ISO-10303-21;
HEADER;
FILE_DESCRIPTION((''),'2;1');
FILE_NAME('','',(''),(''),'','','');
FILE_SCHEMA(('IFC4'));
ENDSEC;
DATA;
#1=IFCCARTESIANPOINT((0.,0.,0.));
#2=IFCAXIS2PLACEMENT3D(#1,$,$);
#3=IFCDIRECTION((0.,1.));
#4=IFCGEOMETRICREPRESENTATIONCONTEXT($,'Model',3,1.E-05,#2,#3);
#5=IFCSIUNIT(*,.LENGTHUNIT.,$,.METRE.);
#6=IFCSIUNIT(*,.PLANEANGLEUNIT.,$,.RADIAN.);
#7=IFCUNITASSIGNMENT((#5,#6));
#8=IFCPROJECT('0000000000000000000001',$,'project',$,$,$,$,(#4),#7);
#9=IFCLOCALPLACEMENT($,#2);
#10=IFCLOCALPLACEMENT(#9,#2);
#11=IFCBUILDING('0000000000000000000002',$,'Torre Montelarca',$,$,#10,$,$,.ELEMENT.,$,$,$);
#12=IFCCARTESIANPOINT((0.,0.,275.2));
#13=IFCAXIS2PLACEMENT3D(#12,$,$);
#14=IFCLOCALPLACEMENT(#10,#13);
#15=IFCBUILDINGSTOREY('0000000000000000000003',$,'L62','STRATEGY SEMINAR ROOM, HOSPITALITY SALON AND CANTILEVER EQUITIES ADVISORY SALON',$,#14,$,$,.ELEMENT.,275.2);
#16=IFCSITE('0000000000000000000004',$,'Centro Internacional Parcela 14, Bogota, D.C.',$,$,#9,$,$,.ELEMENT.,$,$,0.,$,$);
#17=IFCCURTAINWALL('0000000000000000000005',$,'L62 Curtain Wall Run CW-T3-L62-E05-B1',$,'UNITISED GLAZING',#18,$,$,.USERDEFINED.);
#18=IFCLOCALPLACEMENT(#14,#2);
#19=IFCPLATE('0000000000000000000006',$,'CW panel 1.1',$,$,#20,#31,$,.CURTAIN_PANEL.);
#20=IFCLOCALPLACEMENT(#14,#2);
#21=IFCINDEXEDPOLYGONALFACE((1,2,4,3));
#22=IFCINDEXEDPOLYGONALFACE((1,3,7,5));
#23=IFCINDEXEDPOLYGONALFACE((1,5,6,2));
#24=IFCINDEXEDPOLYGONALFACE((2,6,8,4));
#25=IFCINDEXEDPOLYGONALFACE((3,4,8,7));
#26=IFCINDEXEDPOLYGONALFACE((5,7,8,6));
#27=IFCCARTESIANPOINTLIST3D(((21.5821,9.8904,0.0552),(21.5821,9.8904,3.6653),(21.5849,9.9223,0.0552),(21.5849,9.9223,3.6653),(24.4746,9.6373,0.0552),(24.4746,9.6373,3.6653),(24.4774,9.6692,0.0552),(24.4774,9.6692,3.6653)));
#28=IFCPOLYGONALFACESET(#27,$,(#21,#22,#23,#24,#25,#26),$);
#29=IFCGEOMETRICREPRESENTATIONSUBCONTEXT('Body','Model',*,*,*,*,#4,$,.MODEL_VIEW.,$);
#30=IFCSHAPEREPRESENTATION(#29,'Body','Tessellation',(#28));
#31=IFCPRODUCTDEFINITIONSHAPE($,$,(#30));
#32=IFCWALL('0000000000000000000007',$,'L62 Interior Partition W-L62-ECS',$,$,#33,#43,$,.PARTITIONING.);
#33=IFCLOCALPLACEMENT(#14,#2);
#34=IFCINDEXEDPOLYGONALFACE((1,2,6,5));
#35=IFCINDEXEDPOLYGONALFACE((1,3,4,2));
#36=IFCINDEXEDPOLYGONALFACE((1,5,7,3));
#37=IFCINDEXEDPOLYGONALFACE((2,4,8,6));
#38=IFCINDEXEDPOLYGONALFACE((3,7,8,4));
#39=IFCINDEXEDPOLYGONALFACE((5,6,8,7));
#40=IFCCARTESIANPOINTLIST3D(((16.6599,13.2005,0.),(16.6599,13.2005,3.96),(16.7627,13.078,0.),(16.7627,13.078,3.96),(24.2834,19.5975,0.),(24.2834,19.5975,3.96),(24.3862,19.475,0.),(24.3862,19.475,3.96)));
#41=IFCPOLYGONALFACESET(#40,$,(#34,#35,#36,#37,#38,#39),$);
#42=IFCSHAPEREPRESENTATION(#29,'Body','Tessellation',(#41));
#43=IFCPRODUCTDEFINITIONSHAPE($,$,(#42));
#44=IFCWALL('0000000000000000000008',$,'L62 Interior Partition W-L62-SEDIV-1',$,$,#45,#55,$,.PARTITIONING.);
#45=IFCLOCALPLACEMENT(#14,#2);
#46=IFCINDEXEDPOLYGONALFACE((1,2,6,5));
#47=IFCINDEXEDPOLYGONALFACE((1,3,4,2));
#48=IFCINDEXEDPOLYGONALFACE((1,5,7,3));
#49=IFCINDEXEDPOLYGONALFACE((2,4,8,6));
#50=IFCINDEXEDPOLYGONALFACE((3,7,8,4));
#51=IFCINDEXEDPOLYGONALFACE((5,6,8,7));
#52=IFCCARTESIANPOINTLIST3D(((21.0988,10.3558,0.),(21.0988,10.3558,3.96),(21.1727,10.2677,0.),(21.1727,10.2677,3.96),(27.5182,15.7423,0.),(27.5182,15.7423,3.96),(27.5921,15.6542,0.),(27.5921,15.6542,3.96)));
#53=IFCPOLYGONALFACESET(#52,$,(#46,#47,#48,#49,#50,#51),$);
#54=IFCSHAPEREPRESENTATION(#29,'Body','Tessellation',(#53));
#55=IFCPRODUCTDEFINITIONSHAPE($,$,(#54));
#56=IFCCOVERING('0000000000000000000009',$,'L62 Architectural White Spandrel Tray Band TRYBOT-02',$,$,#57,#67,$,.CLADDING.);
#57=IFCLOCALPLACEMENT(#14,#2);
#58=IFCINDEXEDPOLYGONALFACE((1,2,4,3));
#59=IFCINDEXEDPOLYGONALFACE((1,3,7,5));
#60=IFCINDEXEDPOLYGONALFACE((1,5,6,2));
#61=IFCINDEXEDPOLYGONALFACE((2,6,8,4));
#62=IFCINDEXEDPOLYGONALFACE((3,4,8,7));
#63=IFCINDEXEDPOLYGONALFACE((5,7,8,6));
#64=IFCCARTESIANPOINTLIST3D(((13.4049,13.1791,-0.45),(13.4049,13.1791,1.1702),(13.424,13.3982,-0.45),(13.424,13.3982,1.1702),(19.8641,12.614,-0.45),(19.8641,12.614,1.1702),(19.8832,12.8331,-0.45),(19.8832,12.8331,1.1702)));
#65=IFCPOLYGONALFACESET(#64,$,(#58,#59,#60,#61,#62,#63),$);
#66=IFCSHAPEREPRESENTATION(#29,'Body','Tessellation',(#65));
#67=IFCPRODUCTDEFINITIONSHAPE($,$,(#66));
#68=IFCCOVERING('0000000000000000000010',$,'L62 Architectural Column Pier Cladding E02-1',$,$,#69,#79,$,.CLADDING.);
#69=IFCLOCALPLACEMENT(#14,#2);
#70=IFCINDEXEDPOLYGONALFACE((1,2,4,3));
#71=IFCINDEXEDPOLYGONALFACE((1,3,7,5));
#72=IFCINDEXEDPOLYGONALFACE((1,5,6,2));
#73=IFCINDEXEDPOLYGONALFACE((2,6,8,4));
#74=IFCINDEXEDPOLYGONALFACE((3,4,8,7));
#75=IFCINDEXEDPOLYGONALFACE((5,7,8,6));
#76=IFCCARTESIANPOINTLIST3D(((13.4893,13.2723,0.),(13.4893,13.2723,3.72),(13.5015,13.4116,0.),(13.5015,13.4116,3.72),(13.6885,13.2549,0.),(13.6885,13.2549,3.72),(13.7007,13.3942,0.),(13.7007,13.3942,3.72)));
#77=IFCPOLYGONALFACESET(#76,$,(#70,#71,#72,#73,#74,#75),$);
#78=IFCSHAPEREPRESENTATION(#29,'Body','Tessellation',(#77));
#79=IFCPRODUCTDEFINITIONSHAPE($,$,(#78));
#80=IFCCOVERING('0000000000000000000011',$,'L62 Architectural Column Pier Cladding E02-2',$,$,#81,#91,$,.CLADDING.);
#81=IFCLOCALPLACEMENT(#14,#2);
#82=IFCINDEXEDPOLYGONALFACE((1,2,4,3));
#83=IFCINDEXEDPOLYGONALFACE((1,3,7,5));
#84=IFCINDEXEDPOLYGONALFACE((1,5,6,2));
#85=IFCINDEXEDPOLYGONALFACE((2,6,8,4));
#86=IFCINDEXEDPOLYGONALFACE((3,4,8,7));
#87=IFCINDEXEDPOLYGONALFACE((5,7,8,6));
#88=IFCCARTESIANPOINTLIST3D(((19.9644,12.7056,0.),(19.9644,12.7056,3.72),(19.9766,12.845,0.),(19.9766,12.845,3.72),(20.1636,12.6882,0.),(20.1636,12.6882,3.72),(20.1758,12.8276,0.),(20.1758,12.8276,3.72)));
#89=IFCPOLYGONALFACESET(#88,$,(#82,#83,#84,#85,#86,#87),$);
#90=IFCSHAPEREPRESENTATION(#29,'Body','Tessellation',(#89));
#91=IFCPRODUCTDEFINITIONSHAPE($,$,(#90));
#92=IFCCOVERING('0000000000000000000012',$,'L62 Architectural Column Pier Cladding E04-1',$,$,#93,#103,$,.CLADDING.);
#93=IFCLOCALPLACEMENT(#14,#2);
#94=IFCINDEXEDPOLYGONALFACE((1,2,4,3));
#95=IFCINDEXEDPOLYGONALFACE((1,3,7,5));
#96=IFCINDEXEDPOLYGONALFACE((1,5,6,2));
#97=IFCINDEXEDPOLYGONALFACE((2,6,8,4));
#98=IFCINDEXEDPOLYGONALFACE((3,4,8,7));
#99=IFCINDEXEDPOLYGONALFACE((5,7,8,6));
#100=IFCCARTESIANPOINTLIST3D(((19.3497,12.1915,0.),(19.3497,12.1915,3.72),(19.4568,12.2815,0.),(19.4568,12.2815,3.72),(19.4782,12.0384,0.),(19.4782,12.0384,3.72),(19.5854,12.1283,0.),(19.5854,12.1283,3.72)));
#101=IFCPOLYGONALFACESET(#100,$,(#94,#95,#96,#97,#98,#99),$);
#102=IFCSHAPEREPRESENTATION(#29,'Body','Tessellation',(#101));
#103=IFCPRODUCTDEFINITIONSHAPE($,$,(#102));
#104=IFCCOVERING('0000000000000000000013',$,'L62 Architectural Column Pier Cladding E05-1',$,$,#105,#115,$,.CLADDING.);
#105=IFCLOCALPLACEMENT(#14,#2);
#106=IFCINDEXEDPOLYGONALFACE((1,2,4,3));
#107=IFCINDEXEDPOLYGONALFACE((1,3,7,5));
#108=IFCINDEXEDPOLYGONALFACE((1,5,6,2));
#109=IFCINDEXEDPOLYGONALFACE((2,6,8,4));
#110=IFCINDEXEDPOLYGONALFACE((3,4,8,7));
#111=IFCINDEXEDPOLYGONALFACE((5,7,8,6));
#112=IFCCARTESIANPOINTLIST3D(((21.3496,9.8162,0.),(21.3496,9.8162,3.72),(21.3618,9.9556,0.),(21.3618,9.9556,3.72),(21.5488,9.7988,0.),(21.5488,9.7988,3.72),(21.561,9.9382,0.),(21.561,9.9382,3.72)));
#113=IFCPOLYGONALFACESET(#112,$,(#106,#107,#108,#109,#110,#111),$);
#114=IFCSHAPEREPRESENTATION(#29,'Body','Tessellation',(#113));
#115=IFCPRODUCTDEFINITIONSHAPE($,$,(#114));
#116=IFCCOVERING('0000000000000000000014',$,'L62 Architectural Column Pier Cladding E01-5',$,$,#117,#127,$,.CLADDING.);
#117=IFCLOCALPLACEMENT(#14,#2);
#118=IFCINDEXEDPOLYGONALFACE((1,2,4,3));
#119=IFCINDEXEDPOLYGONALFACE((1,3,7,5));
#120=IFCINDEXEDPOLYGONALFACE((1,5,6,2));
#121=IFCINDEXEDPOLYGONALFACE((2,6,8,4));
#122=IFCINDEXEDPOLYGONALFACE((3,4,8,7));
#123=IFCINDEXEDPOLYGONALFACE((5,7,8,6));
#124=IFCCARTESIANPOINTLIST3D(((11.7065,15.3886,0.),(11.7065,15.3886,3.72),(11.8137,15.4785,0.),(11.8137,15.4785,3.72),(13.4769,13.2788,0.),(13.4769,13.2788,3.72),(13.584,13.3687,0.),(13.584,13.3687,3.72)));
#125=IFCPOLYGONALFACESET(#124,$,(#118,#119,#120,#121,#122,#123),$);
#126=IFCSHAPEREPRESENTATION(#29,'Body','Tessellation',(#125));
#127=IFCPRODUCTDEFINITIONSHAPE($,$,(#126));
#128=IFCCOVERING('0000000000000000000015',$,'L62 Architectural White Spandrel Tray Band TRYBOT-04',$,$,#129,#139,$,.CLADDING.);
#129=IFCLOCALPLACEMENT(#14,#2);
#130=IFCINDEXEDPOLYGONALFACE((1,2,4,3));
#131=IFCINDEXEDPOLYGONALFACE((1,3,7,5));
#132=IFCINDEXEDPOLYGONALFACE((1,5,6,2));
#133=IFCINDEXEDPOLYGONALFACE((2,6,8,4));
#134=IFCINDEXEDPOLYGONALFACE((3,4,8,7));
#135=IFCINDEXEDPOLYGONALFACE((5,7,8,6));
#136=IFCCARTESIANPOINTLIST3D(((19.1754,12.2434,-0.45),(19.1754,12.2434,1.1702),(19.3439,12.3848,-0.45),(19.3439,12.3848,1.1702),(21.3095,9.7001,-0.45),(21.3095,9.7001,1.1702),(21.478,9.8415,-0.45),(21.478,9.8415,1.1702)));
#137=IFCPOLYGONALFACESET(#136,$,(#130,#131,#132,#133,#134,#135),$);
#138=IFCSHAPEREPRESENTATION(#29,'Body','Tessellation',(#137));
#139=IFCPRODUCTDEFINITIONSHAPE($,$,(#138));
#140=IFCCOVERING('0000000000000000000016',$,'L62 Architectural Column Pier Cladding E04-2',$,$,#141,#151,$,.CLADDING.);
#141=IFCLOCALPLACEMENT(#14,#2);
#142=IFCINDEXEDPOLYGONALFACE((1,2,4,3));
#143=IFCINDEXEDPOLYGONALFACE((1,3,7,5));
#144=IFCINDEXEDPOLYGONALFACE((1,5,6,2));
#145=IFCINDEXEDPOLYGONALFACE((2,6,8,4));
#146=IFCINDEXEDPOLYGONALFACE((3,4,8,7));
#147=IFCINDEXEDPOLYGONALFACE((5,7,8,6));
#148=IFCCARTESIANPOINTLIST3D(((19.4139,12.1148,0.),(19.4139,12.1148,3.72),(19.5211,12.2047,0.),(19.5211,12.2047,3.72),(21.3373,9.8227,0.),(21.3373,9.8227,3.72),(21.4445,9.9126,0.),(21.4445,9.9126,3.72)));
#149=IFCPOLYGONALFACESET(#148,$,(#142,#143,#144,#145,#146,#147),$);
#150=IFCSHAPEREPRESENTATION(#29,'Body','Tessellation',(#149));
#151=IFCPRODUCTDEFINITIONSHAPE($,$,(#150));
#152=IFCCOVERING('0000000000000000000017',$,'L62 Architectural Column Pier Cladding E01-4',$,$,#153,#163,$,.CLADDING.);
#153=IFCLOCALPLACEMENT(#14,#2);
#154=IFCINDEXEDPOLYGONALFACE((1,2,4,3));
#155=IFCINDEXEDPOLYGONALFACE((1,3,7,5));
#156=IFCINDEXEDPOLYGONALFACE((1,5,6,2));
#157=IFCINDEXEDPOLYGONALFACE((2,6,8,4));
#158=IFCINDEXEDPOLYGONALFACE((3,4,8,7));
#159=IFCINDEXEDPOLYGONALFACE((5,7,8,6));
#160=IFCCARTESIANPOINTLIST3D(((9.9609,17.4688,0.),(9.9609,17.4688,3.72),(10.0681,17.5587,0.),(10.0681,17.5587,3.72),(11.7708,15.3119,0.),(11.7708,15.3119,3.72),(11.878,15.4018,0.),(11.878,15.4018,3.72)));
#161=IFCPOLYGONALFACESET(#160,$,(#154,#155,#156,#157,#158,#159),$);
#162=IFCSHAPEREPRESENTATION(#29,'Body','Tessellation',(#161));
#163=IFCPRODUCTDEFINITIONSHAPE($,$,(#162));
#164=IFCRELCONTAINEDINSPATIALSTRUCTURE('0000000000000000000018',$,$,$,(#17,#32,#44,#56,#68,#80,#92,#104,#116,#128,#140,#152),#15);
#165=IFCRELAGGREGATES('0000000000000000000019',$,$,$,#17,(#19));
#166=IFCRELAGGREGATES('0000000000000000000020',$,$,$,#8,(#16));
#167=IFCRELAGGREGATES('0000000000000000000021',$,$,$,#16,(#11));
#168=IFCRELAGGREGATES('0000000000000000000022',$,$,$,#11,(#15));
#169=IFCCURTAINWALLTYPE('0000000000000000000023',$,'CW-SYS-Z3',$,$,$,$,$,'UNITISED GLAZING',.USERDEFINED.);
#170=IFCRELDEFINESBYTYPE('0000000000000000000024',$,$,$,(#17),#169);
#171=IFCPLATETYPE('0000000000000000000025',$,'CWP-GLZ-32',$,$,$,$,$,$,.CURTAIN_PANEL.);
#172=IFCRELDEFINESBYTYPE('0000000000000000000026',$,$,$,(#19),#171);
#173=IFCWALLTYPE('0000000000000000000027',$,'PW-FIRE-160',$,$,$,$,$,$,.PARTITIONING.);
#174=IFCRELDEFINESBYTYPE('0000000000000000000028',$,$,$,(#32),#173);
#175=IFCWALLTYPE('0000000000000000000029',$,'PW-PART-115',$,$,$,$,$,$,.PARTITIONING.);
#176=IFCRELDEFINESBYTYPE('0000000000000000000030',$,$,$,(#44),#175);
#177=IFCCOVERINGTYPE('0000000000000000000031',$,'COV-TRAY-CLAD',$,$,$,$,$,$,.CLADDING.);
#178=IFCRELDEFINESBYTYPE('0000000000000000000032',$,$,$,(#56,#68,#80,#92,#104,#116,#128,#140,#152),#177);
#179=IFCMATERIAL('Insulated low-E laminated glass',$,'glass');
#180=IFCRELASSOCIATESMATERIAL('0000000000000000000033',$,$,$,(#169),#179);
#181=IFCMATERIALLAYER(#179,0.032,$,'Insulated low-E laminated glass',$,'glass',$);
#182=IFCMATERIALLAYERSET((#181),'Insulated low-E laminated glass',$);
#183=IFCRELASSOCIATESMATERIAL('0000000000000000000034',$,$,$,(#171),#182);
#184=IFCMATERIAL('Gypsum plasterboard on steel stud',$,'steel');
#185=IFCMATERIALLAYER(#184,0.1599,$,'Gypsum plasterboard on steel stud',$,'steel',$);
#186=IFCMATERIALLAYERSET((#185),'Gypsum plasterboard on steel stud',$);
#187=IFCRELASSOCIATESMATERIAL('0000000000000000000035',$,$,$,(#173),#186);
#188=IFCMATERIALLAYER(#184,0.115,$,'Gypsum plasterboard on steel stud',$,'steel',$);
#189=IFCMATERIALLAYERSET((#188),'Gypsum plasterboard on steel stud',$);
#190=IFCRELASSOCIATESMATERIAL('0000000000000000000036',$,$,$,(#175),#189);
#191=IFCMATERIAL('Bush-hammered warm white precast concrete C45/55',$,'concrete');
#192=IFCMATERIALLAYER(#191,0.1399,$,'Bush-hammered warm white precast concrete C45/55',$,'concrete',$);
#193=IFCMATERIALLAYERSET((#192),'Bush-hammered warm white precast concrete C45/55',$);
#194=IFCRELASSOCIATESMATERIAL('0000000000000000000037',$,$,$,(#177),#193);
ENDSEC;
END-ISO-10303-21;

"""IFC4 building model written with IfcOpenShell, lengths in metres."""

from ifc_helpers import new_model, si_unit, direction, frame, frame_2d, origin, origin_2d, place, context, subcontext, project, spatial, rectangle, extrude, source, transform, mapped, material, layer, layer_set, type_object, element, aggregate, save


model = new_model("IFC4")

# Units and contexts
model_context = context("Model", 3, precision=1e-05, world=origin(), true_north=direction((0.0, 1.0)))
body_context = subcontext(model_context, "Body", "Model", "MODEL_VIEW")
ifc_project = project(units=[si_unit("LENGTHUNIT", "METRE"), si_unit("PLANEANGLEUNIT", "RADIAN")], contexts=[model_context])

# Site, building, storey
site_placement = place(None, origin())
site = spatial("IfcSite", under=ifc_project, at=site_placement, Name="Centro Internacional Parcela 14, Bogota, D.C.", CompositionType="ELEMENT", RefElevation=0.0)
building_placement = place(site_placement, origin())
building = spatial("IfcBuilding", under=site, at=building_placement, Name="Torre Montelarca", CompositionType="ELEMENT")
storey_placement = place(building_placement, frame((0.0, 0.0, 275.2)))
storey = spatial("IfcBuildingStorey", under=building, at=storey_placement, Name="L62", Description="STRATEGY SEMINAR ROOM, HOSPITALITY SALON AND CANTILEVER EQUITIES ADVISORY SALON", CompositionType="ELEMENT", Elevation=275.2)

# Curtain wall
ifc_material_1 = material(Name="Insulated low-E laminated glass", Category="glass")
curtain_wall_type = type_object("IfcCurtainWallType", Name="CW-SYS-Z3", ElementType="UNITISED GLAZING", PredefinedType="USERDEFINED", material=ifc_material_1)
curtain_wall_1_placement = place(storey_placement, origin())
curtain_wall_1 = element("IfcCurtainWall", 1, at=curtain_wall_1_placement, inside=storey, type_object=curtain_wall_type, Name="L62 Curtain Wall Run CW-T3-L62-E05-B1", ObjectType="UNITISED GLAZING", PredefinedType="USERDEFINED")

# Plate
ifc_layer_1 = layer(ifc_material_1, 0.032, Name="Insulated low-E laminated glass", Category="glass")
ifc_layer_set_1 = layer_set([ifc_layer_1], Name="Insulated low-E laminated glass")
plate_type = type_object("IfcPlateType", Name="CWP-GLZ-32", PredefinedType="CURTAIN_PANEL", material=ifc_layer_set_1)
shared_shape_1 = source(origin(), body_context, "Body", "SweptSolid", [
    extrude(rectangle(XDim=2.9036, YDim=0.032, at=origin_2d()), origin(), (0.0, 0.0, 1.0), 3.6101),
])
plate_1_placement = place(storey_placement, frame((23.0298, 9.7798, 0.0552), z_axis=(0.0, 0.0, 1.0), x_axis=(0.996194, -0.087166, 0.0)))
plate_1 = element("IfcPlate", 2, at=plate_1_placement, type_object=plate_type, Name="CW panel 1.1", PredefinedType="CURTAIN_PANEL", context=body_context, shape_type="MappedRepresentation", body=[
    mapped(shared_shape_1, transform((0.0, 0.0, 0.0), scale=1.0)),
])
aggregate(curtain_wall_1, [plate_1])

# Walls
ifc_material_2 = material(Name="Gypsum plasterboard on steel stud", Category="steel")
ifc_layer_2 = layer(ifc_material_2, 0.1599, Name="Gypsum plasterboard on steel stud", Category="steel")
ifc_layer_set_2 = layer_set([ifc_layer_2], Name="Gypsum plasterboard on steel stud")
wall_type_1 = type_object("IfcWallType", Name="PW-FIRE-160", PredefinedType="PARTITIONING", material=ifc_layer_set_2)
wall_1_placement = place(storey_placement, frame((16.7112, 13.1392, 0.0), z_axis=(0.0, 0.0, 1.0), x_axis=(0.766041, 0.642792, 0.0)))
element("IfcWall", 3, at=wall_1_placement, inside=storey, type_object=wall_type_1, Name="L62 Interior Partition W-L62-ECS", PredefinedType="PARTITIONING", context=body_context, shape_type="SweptSolid", body=[
    extrude(rectangle(XDim=9.9519, YDim=0.1599, at=frame_2d((4.9761, 0.0))), origin(), (0.0, 0.0, 1.0), 3.96),
])
ifc_layer_3 = layer(ifc_material_2, 0.115, Name="Gypsum plasterboard on steel stud", Category="steel")
ifc_layer_set_3 = layer_set([ifc_layer_3], Name="Gypsum plasterboard on steel stud")
wall_type_2 = type_object("IfcWallType", Name="PW-PART-115", PredefinedType="PARTITIONING", material=ifc_layer_set_3)
wall_2_placement = place(storey_placement, frame((21.1357, 10.3118, 0.0), z_axis=(0.0, 0.0, 1.0), x_axis=(0.766049, 0.642783, 0.0)))
element("IfcWall", 4, at=wall_2_placement, inside=storey, type_object=wall_type_2, Name="L62 Interior Partition W-L62-SEDIV-1", PredefinedType="PARTITIONING", context=body_context, shape_type="SweptSolid", body=[
    extrude(rectangle(XDim=8.3799, YDim=0.115, at=frame_2d((4.1899, 0.0))), origin(), (0.0, 0.0, 1.0), 3.96),
])

# Coverings
ifc_material_3 = material(Name="Bush-hammered warm white precast concrete C45/55", Category="concrete")
ifc_layer_4 = layer(ifc_material_3, 0.1399, Name="Bush-hammered warm white precast concrete C45/55", Category="concrete")
ifc_layer_set_4 = layer_set([ifc_layer_4], Name="Bush-hammered warm white precast concrete C45/55")
covering_type = type_object("IfcCoveringType", Name="COV-TRAY-CLAD", PredefinedType="CLADDING", material=ifc_layer_set_4)
shared_shape_2 = source(origin(), body_context, "Body", "SweptSolid", [
    extrude(rectangle(XDim=6.4839, YDim=0.22, at=origin_2d()), origin(), (0.0, 0.0, 1.0), 1.6201),
])
covering_1_placement = place(storey_placement, frame((16.644, 13.0061, -0.45), z_axis=(0.0, 0.0, 1.0), x_axis=(0.996194, -0.087163, 0.0)))
element("IfcCovering", 5, at=covering_1_placement, inside=storey, type_object=covering_type, Name="L62 Architectural White Spandrel Tray Band TRYBOT-02", PredefinedType="CLADDING", context=body_context, shape_type="MappedRepresentation", body=[
    mapped(shared_shape_2, transform((0.0, 0.0, 0.0), scale=1.0)),
])
shared_shape_3 = source(origin(), body_context, "Body", "SweptSolid", [
    extrude(rectangle(XDim=0.2, YDim=0.1399, at=origin_2d()), origin(), (0.0, 0.0, 1.0), 3.72),
])
for number, where, z_axis, x_axis, name in (
    (6, (13.595, 13.3333, 0.0), (0.0, 0.0, 1.0), (0.996193, -0.08717, 0.0), "L62 Architectural Column Pier Cladding E02-1"),
    (7, (20.0701, 12.7666, 0.0), (0.0, 0.0, 1.0), (0.996193, -0.08717, 0.0), "L62 Architectural Column Pier Cladding E02-2"),
    (8, (19.4675, 12.1599, 0.0), (0.0, 0.0, 1.0), (0.642808, -0.766028, 0.0), "L62 Architectural Column Pier Cladding E04-1"),
    (9, (21.4553, 9.8772, 0.0), (0.0, 0.0, 1.0), (0.996194, -0.087161, 0.0), "L62 Architectural Column Pier Cladding E05-1"),
):
    element("IfcCovering", number, at=place(storey_placement, frame(where, z_axis=z_axis, x_axis=x_axis)), inside=storey, type_object=covering_type, Name=name, PredefinedType="CLADDING", context=body_context, shape_type="MappedRepresentation", body=[
        mapped(shared_shape_3, transform((0.0, 0.0, 0.0), scale=1.0)),
    ])
shared_shape_4 = source(origin(), body_context, "Body", "SweptSolid", [
    extrude(rectangle(XDim=2.7542, YDim=0.1399, at=origin_2d()), origin(), (0.0, 0.0, 1.0), 3.72),
])
covering_2_placement = place(storey_placement, frame((12.6453, 14.3787, 0.0), z_axis=(0.0, 0.0, 1.0), x_axis=(0.642789, -0.766043, 0.0)))
element("IfcCovering", 10, at=covering_2_placement, inside=storey, type_object=covering_type, Name="L62 Architectural Column Pier Cladding E01-5", PredefinedType="CLADDING", context=body_context, shape_type="MappedRepresentation", body=[
    mapped(shared_shape_4, transform((0.0, 0.0, 0.0), scale=1.0)),
])
shared_shape_5 = source(origin(), body_context, "Body", "SweptSolid", [
    extrude(rectangle(XDim=3.3201, YDim=0.22, at=origin_2d()), origin(), (0.0, 0.0, 1.0), 1.6201),
])
covering_3_placement = place(storey_placement, frame((20.3267, 11.0425, -0.45), z_axis=(0.0, 0.0, 1.0), x_axis=(0.64279, -0.766042, 0.0)))
element("IfcCovering", 11, at=covering_3_placement, inside=storey, type_object=covering_type, Name="L62 Architectural White Spandrel Tray Band TRYBOT-04", PredefinedType="CLADDING", context=body_context, shape_type="MappedRepresentation", body=[
    mapped(shared_shape_5, transform((0.0, 0.0, 0.0), scale=1.0)),
])
shared_shape_6 = source(origin(), body_context, "Body", "SweptSolid", [
    extrude(rectangle(XDim=2.9922, YDim=0.1399, at=origin_2d()), origin(), (0.0, 0.0, 1.0), 3.72),
])
covering_4_placement = place(storey_placement, frame((20.4292, 11.0137, 0.0), z_axis=(0.0, 0.0, 1.0), x_axis=(0.642808, -0.766028, 0.0)))
element("IfcCovering", 12, at=covering_4_placement, inside=storey, type_object=covering_type, Name="L62 Architectural Column Pier Cladding E04-2", PredefinedType="CLADDING", context=body_context, shape_type="MappedRepresentation", body=[
    mapped(shared_shape_6, transform((0.0, 0.0, 0.0), scale=1.0)),
])
shared_shape_7 = source(origin(), body_context, "Body", "SweptSolid", [
    extrude(rectangle(XDim=2.8157, YDim=0.1399, at=origin_2d()), origin(), (0.0, 0.0, 1.0), 3.72),
])
covering_5_placement = place(storey_placement, frame((10.9194, 16.4353, 0.0), z_axis=(0.0, 0.0, 1.0), x_axis=(0.642789, -0.766043, 0.0)))
element("IfcCovering", 13, at=covering_5_placement, inside=storey, type_object=covering_type, Name="L62 Architectural Column Pier Cladding E01-4", PredefinedType="CLADDING", context=body_context, shape_type="MappedRepresentation", body=[
    mapped(shared_shape_7, transform((0.0, 0.0, 0.0), scale=1.0)),
])

save(model, "model.ifc")
